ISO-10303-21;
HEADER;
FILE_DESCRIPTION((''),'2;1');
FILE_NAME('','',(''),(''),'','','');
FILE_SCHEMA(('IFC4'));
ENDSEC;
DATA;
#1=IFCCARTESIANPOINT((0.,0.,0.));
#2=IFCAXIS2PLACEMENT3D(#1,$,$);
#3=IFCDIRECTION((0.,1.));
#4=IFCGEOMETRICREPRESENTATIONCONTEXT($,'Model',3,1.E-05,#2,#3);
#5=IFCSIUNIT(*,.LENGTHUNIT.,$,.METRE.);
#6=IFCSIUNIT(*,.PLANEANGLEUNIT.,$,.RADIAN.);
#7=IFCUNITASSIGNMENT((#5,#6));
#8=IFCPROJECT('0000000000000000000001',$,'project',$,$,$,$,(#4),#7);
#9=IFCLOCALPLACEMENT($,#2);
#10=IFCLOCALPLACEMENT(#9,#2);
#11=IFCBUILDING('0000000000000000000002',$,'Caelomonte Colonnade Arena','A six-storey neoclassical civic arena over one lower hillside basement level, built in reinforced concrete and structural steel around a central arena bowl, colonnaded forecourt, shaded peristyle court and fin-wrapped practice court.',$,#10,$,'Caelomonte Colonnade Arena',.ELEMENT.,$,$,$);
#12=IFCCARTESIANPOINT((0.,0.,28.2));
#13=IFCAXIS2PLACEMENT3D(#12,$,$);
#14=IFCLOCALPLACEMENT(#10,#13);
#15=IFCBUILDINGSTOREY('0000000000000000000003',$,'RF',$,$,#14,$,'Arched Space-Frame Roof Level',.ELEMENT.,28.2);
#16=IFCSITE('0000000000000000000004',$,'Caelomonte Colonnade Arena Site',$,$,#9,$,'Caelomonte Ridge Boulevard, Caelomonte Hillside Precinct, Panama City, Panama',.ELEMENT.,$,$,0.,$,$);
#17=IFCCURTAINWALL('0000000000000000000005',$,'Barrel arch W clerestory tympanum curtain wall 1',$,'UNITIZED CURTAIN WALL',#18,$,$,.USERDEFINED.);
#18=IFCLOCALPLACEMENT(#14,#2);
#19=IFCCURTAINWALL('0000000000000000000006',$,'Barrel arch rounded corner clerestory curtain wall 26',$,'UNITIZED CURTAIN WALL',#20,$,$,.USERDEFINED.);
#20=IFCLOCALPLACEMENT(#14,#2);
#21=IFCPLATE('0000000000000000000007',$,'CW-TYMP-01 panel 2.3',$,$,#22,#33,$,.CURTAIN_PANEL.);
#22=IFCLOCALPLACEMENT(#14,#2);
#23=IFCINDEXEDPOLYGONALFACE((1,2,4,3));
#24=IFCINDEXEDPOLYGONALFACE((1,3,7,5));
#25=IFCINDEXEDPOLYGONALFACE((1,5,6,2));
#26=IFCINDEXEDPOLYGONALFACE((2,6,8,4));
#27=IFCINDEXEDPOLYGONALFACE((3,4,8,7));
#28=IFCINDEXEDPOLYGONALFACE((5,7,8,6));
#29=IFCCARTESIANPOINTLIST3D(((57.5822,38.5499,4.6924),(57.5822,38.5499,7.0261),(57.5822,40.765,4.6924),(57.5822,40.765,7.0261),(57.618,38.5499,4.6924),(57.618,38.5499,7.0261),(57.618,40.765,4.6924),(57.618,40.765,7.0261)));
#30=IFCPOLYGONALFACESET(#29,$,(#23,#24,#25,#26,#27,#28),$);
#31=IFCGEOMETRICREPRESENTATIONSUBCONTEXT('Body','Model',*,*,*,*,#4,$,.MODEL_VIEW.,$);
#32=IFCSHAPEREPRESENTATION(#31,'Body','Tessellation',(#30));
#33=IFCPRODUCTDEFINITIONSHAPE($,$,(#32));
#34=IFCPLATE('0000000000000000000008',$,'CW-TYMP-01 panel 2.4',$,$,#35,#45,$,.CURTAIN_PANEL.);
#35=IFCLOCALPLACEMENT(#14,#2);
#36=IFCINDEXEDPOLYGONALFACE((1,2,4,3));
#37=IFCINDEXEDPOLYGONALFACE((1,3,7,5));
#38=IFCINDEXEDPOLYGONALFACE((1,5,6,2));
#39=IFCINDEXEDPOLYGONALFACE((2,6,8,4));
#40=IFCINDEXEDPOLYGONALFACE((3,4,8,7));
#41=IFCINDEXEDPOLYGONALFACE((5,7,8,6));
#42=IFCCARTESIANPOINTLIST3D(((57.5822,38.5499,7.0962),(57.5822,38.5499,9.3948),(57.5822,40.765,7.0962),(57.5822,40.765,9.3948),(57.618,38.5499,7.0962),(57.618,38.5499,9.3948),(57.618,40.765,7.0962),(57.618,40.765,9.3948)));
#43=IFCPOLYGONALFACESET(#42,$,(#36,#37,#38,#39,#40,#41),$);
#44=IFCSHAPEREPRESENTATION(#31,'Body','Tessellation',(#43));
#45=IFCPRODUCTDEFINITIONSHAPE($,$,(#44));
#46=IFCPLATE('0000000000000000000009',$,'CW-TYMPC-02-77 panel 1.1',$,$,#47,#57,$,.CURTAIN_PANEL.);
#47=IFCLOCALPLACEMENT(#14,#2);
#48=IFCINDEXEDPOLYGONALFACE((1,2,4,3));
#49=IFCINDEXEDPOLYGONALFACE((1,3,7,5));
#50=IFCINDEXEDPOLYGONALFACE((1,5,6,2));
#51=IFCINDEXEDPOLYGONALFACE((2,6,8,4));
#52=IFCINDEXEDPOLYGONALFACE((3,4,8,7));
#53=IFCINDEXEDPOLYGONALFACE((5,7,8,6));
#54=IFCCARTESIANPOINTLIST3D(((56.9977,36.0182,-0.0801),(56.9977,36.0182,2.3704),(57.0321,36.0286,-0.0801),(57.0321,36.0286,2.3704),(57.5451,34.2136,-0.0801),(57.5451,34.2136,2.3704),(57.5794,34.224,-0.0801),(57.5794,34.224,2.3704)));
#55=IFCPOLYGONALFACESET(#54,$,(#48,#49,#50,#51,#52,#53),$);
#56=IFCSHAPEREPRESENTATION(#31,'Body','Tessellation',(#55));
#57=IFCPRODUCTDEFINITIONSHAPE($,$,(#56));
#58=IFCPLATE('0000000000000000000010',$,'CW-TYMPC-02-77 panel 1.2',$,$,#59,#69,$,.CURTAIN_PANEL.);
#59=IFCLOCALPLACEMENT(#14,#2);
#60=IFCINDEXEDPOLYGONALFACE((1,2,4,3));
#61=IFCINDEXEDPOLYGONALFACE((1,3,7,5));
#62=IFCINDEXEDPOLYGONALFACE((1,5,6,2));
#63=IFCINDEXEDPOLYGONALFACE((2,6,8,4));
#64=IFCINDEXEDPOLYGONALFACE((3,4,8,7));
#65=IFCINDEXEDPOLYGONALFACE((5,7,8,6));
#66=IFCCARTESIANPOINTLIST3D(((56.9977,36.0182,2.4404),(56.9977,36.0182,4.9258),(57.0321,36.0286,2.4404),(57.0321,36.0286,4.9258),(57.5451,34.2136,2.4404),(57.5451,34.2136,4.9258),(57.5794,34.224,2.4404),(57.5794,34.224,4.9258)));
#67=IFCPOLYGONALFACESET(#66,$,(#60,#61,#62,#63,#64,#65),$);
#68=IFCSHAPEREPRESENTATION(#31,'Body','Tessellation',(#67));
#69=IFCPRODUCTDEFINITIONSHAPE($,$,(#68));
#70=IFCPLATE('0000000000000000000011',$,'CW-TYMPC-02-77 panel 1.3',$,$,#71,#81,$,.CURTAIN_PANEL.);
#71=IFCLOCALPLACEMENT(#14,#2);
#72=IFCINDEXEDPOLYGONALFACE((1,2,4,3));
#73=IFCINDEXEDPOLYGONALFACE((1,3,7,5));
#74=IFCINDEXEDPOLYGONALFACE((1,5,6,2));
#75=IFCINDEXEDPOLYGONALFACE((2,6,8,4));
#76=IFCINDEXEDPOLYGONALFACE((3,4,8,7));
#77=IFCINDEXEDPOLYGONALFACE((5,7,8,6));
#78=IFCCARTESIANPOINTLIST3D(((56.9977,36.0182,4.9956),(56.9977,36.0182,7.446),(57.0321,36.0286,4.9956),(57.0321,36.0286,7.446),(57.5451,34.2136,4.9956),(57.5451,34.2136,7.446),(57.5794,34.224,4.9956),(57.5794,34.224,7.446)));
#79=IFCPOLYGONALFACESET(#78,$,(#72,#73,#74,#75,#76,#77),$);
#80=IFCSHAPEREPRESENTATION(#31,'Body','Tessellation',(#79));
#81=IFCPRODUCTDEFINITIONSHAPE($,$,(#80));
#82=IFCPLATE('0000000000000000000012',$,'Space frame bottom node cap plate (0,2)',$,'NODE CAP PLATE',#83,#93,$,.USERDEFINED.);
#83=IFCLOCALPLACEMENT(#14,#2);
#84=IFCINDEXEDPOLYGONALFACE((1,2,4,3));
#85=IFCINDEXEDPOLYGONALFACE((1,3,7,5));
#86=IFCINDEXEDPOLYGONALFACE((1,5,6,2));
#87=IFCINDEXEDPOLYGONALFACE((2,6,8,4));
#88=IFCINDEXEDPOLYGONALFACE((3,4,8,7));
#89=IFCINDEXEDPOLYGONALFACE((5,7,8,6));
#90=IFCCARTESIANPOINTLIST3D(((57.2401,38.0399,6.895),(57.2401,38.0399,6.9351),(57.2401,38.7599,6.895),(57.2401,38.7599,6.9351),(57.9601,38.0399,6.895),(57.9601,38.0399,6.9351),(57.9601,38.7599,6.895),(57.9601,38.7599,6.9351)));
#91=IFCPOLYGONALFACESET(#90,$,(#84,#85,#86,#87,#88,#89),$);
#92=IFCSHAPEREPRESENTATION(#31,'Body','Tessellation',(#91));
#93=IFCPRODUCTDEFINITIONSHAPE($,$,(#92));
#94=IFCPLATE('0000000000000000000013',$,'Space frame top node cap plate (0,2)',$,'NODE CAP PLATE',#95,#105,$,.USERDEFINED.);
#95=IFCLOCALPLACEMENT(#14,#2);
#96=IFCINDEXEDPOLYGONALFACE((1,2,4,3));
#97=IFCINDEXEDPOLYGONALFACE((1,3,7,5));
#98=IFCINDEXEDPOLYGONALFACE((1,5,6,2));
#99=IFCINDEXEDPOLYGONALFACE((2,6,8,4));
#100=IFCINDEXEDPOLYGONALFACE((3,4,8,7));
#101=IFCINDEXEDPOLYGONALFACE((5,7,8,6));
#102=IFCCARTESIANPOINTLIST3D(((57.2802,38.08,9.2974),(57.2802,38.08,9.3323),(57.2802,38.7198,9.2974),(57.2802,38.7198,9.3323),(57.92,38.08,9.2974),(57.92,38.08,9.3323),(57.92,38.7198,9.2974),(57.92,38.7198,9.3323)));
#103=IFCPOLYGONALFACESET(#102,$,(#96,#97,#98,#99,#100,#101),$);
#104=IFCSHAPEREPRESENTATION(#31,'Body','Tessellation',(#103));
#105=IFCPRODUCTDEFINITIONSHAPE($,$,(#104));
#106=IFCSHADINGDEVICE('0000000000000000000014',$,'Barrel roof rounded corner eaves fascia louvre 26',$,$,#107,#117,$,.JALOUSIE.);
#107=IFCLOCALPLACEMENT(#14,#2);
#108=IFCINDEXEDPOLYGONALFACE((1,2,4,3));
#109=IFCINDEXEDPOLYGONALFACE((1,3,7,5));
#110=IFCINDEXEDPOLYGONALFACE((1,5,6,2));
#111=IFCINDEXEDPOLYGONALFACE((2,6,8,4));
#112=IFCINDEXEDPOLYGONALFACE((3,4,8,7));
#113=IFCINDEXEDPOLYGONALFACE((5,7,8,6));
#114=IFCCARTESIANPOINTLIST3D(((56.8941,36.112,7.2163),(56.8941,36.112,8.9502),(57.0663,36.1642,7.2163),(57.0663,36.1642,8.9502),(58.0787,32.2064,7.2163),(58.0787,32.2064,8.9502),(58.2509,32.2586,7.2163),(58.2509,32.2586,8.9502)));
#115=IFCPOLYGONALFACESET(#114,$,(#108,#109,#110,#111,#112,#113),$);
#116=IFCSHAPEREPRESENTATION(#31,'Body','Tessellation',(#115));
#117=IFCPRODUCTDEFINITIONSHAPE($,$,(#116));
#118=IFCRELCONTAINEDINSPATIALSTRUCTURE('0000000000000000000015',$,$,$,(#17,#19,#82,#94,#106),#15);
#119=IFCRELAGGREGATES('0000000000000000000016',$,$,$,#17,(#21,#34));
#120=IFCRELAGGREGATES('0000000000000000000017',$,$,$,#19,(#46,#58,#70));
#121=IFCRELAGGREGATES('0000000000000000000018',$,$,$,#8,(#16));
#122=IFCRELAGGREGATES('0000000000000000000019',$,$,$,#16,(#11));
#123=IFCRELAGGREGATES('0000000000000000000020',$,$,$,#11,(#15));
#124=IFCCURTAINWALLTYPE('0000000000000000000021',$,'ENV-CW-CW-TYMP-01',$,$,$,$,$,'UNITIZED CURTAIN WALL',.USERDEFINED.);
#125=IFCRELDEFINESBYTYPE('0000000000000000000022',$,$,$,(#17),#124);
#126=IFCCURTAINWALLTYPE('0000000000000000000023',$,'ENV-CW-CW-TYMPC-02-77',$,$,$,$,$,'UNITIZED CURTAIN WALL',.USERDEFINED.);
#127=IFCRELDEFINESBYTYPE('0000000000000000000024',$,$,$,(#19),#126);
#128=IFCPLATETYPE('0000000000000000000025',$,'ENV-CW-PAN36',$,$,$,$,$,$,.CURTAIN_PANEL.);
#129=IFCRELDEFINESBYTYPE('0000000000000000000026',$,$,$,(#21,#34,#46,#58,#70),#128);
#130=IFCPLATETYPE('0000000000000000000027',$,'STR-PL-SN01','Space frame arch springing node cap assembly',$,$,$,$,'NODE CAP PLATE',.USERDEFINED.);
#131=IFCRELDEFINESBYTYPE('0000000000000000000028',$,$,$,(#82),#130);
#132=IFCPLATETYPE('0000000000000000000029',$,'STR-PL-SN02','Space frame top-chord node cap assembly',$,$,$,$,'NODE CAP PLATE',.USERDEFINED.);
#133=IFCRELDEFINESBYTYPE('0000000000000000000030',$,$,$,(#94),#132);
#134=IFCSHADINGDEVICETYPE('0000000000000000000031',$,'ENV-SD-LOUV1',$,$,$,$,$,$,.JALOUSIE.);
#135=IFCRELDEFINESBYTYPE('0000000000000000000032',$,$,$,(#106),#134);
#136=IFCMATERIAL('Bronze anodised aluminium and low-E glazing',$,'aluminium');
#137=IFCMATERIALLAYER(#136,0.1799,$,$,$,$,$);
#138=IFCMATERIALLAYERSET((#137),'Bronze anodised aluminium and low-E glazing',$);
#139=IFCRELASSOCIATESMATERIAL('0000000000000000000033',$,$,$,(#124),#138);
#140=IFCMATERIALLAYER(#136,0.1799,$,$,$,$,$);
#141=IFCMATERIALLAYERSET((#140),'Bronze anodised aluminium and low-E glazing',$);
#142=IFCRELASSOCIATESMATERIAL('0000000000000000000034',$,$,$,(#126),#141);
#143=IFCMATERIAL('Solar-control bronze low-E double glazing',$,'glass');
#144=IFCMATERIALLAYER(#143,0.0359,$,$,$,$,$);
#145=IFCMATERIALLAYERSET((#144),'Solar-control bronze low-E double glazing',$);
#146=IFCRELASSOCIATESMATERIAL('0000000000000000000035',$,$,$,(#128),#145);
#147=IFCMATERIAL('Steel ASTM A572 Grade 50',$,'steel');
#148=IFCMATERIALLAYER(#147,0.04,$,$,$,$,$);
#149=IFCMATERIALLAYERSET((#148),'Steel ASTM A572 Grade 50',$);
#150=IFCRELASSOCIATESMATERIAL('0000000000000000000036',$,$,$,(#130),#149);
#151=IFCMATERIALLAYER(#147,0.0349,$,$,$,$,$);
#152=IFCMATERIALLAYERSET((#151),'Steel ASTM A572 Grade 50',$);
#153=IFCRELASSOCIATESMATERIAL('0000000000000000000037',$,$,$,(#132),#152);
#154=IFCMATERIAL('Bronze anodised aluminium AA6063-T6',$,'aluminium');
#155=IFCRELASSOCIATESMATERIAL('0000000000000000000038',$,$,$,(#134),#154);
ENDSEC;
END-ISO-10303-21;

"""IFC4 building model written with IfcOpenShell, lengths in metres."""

from ifc_helpers import new_model, si_unit, direction, frame, origin, origin_2d, place, context, subcontext, project, spatial, rectangle, extrude, material, layer, layer_set, type_object, element, aggregate, save


model = new_model("IFC4")

# Units and contexts
model_context = context("Model", 3, precision=1e-05, world=origin(), true_north=direction((0.0, 1.0)))
body_context = subcontext(model_context, "Body", "Model", "MODEL_VIEW")
ifc_project = project(units=[si_unit("LENGTHUNIT", "METRE"), si_unit("PLANEANGLEUNIT", "RADIAN")], contexts=[model_context])

# Site, building, storey
site_placement = place(None, origin())
site = spatial("IfcSite", under=ifc_project, at=site_placement, Name="Caelomonte Colonnade Arena Site", LongName="Caelomonte Ridge Boulevard, Caelomonte Hillside Precinct, Panama City, Panama", CompositionType="ELEMENT", RefElevation=0.0)
building_placement = place(site_placement, origin())
building = spatial("IfcBuilding", under=site, at=building_placement, Name="Caelomonte Colonnade Arena", Description="A six-storey neoclassical civic arena over one lower hillside basement level, built in reinforced concrete and structural steel around a central arena bowl, colonnaded forecourt, shaded peristyle court and fin-wrapped practice court.", LongName="Caelomonte Colonnade Arena", CompositionType="ELEMENT")
storey_placement = place(building_placement, frame((0.0, 0.0, 28.2)))
storey = spatial("IfcBuildingStorey", under=building, at=storey_placement, Name="RF", LongName="Arched Space-Frame Roof Level", CompositionType="ELEMENT", Elevation=28.2)

# Curtain wall
ifc_material_1 = material(Name="Bronze anodised aluminium and low-E glazing", Category="aluminium")
ifc_layer_1 = layer(ifc_material_1, 0.1799)
ifc_layer_set_1 = layer_set([ifc_layer_1], Name="Bronze anodised aluminium and low-E glazing")
curtain_wall_type_1 = type_object("IfcCurtainWallType", Name="ENV-CW-CW-TYMP-01", ElementType="UNITIZED CURTAIN WALL", PredefinedType="USERDEFINED", material=ifc_layer_set_1)
curtain_wall_1_placement = place(storey_placement, origin())
curtain_wall_1 = element("IfcCurtainWall", 1, at=curtain_wall_1_placement, inside=storey, type_object=curtain_wall_type_1, Name="Barrel arch W clerestory tympanum curtain wall 1", ObjectType="UNITIZED CURTAIN WALL", PredefinedType="USERDEFINED")
ifc_material_2 = material(Name="Bronze anodised aluminium AA6063-T6", Category="aluminium")

# Curtain wall
ifc_layer_2 = layer(ifc_material_1, 0.1799)
ifc_layer_set_2 = layer_set([ifc_layer_2], Name="Bronze anodised aluminium and low-E glazing")
curtain_wall_type_2 = type_object("IfcCurtainWallType", Name="ENV-CW-CW-TYMPC-02-77", ElementType="UNITIZED CURTAIN WALL", PredefinedType="USERDEFINED", material=ifc_layer_set_2)
curtain_wall_2_placement = place(storey_placement, origin())
curtain_wall_2 = element("IfcCurtainWall", 2, at=curtain_wall_2_placement, inside=storey, type_object=curtain_wall_type_2, Name="Barrel arch rounded corner clerestory curtain wall 26", ObjectType="UNITIZED CURTAIN WALL", PredefinedType="USERDEFINED")

# Plates
ifc_material_3 = material(Name="Solar-control bronze low-E double glazing", Category="glass")
ifc_layer_3 = layer(ifc_material_3, 0.0359)
ifc_layer_set_3 = layer_set([ifc_layer_3], Name="Solar-control bronze low-E double glazing")
plate_type_1 = type_object("IfcPlateType", Name="ENV-CW-PAN36", PredefinedType="CURTAIN_PANEL", material=ifc_layer_set_3)
plate_1_placement = place(storey_placement, frame((57.6001, 39.6575, 4.6924), z_axis=(0.0, 0.0, 1.0), x_axis=(0.0, -1.0, 0.0)))
plate_1 = element("IfcPlate", 3, at=plate_1_placement, type_object=plate_type_1, Name="CW-TYMP-01 panel 2.3", PredefinedType="CURTAIN_PANEL", context=body_context, shape_type="SweptSolid", body=[
    extrude(rectangle(XDim=2.2151, YDim=0.0359, at=origin_2d()), origin(), (0.0, 0.0, 1.0), 2.3337),
])
plate_2_placement = place(storey_placement, frame((57.6001, 39.6575, 7.0962), z_axis=(0.0, 0.0, 1.0), x_axis=(0.0, -1.0, 0.0)))
plate_2 = element("IfcPlate", 4, at=plate_2_placement, type_object=plate_type_1, Name="CW-TYMP-01 panel 2.4", PredefinedType="CURTAIN_PANEL", context=body_context, shape_type="SweptSolid", body=[
    extrude(rectangle(XDim=2.2151, YDim=0.0359, at=origin_2d()), origin(), (0.0, 0.0, 1.0), 2.2986),
])
aggregate(curtain_wall_1, [plate_1, plate_2])
plate_3_placement = place(storey_placement, frame((57.2886, 35.1211, -0.0801), z_axis=(0.0, 0.0, 1.0), x_axis=(0.290266, -0.956946, 0.0)))
plate_3 = element("IfcPlate", 5, at=plate_3_placement, type_object=plate_type_1, Name="CW-TYMPC-02-77 panel 1.1", PredefinedType="CURTAIN_PANEL", context=body_context, shape_type="SweptSolid", body=[
    extrude(rectangle(XDim=1.8857, YDim=0.0359, at=origin_2d()), origin(), (0.0, 0.0, 1.0), 2.4504),
])
plate_4_placement = place(storey_placement, frame((57.2886, 35.1211, 2.4404), z_axis=(0.0, 0.0, 1.0), x_axis=(0.290266, -0.956946, 0.0)))
plate_4 = element("IfcPlate", 6, at=plate_4_placement, type_object=plate_type_1, Name="CW-TYMPC-02-77 panel 1.2", PredefinedType="CURTAIN_PANEL", context=body_context, shape_type="SweptSolid", body=[
    extrude(rectangle(XDim=1.8857, YDim=0.0359, at=origin_2d()), origin(), (0.0, 0.0, 1.0), 2.4854),
])
plate_5_placement = place(storey_placement, frame((57.2886, 35.1211, 4.9956), z_axis=(0.0, 0.0, 1.0), x_axis=(0.290266, -0.956946, 0.0)))
plate_5 = element("IfcPlate", 7, at=plate_5_placement, type_object=plate_type_1, Name="CW-TYMPC-02-77 panel 1.3", PredefinedType="CURTAIN_PANEL", context=body_context, shape_type="SweptSolid", body=[
    extrude(rectangle(XDim=1.8857, YDim=0.0359, at=origin_2d()), origin(), (0.0, 0.0, 1.0), 2.4504),
])
aggregate(curtain_wall_2, [plate_3, plate_4, plate_5])

# Plates
ifc_material_4 = material(Name="Steel ASTM A572 Grade 50", Category="steel")
ifc_layer_4 = layer(ifc_material_4, 0.04)
ifc_layer_set_4 = layer_set([ifc_layer_4], Name="Steel ASTM A572 Grade 50")
plate_type_2 = type_object("IfcPlateType", Name="STR-PL-SN01", Description="Space frame arch springing node cap assembly", ElementType="NODE CAP PLATE", PredefinedType="USERDEFINED", material=ifc_layer_set_4)
plate_6_placement = place(storey_placement, frame((57.6001, 38.3999, 6.895), z_axis=(0.0, 0.0, 1.0), x_axis=(1.0, 0.0, 0.0)))
element("IfcPlate", 8, at=plate_6_placement, inside=storey, type_object=plate_type_2, Name="Space frame bottom node cap plate (0,2)", ObjectType="NODE CAP PLATE", PredefinedType="USERDEFINED", context=body_context, shape_type="SweptSolid", body=[
    extrude(rectangle(XDim=0.72, YDim=0.72, at=origin_2d()), origin(), (0.0, 0.0, 1.0), 0.04),
])
ifc_layer_5 = layer(ifc_material_4, 0.0349)
ifc_layer_set_5 = layer_set([ifc_layer_5], Name="Steel ASTM A572 Grade 50")
plate_type_3 = type_object("IfcPlateType", Name="STR-PL-SN02", Description="Space frame top-chord node cap assembly", ElementType="NODE CAP PLATE", PredefinedType="USERDEFINED", material=ifc_layer_set_5)
plate_7_placement = place(storey_placement, frame((57.6001, 38.3999, 9.2974), z_axis=(0.0, 0.0, 1.0), x_axis=(1.0, 0.0, 0.0)))
element("IfcPlate", 9, at=plate_7_placement, inside=storey, type_object=plate_type_3, Name="Space frame top node cap plate (0,2)", ObjectType="NODE CAP PLATE", PredefinedType="USERDEFINED", context=body_context, shape_type="SweptSolid", body=[
    extrude(rectangle(XDim=0.6399, YDim=0.6399, at=origin_2d()), origin(), (0.0, 0.0, 1.0), 0.0349),
])

# Shading device
shading_device_type = type_object("IfcShadingDeviceType", Name="ENV-SD-LOUV1", PredefinedType="JALOUSIE", material=ifc_material_2)
shading_device_placement = place(storey_placement, frame((57.5725, 34.1853, 7.2163), z_axis=(0.0, 0.0, 1.0), x_axis=(0.290266, -0.956946, 0.0)))
element("IfcShadingDevice", 10, at=shading_device_placement, inside=storey, type_object=shading_device_type, Name="Barrel roof rounded corner eaves fascia louvre 26", PredefinedType="JALOUSIE", context=body_context, shape_type="SweptSolid", body=[
    extrude(rectangle(XDim=4.0813, YDim=0.1799, at=origin_2d()), origin(), (0.0, 0.0, 1.0), 1.7339),
])

save(model, "model.ifc")
